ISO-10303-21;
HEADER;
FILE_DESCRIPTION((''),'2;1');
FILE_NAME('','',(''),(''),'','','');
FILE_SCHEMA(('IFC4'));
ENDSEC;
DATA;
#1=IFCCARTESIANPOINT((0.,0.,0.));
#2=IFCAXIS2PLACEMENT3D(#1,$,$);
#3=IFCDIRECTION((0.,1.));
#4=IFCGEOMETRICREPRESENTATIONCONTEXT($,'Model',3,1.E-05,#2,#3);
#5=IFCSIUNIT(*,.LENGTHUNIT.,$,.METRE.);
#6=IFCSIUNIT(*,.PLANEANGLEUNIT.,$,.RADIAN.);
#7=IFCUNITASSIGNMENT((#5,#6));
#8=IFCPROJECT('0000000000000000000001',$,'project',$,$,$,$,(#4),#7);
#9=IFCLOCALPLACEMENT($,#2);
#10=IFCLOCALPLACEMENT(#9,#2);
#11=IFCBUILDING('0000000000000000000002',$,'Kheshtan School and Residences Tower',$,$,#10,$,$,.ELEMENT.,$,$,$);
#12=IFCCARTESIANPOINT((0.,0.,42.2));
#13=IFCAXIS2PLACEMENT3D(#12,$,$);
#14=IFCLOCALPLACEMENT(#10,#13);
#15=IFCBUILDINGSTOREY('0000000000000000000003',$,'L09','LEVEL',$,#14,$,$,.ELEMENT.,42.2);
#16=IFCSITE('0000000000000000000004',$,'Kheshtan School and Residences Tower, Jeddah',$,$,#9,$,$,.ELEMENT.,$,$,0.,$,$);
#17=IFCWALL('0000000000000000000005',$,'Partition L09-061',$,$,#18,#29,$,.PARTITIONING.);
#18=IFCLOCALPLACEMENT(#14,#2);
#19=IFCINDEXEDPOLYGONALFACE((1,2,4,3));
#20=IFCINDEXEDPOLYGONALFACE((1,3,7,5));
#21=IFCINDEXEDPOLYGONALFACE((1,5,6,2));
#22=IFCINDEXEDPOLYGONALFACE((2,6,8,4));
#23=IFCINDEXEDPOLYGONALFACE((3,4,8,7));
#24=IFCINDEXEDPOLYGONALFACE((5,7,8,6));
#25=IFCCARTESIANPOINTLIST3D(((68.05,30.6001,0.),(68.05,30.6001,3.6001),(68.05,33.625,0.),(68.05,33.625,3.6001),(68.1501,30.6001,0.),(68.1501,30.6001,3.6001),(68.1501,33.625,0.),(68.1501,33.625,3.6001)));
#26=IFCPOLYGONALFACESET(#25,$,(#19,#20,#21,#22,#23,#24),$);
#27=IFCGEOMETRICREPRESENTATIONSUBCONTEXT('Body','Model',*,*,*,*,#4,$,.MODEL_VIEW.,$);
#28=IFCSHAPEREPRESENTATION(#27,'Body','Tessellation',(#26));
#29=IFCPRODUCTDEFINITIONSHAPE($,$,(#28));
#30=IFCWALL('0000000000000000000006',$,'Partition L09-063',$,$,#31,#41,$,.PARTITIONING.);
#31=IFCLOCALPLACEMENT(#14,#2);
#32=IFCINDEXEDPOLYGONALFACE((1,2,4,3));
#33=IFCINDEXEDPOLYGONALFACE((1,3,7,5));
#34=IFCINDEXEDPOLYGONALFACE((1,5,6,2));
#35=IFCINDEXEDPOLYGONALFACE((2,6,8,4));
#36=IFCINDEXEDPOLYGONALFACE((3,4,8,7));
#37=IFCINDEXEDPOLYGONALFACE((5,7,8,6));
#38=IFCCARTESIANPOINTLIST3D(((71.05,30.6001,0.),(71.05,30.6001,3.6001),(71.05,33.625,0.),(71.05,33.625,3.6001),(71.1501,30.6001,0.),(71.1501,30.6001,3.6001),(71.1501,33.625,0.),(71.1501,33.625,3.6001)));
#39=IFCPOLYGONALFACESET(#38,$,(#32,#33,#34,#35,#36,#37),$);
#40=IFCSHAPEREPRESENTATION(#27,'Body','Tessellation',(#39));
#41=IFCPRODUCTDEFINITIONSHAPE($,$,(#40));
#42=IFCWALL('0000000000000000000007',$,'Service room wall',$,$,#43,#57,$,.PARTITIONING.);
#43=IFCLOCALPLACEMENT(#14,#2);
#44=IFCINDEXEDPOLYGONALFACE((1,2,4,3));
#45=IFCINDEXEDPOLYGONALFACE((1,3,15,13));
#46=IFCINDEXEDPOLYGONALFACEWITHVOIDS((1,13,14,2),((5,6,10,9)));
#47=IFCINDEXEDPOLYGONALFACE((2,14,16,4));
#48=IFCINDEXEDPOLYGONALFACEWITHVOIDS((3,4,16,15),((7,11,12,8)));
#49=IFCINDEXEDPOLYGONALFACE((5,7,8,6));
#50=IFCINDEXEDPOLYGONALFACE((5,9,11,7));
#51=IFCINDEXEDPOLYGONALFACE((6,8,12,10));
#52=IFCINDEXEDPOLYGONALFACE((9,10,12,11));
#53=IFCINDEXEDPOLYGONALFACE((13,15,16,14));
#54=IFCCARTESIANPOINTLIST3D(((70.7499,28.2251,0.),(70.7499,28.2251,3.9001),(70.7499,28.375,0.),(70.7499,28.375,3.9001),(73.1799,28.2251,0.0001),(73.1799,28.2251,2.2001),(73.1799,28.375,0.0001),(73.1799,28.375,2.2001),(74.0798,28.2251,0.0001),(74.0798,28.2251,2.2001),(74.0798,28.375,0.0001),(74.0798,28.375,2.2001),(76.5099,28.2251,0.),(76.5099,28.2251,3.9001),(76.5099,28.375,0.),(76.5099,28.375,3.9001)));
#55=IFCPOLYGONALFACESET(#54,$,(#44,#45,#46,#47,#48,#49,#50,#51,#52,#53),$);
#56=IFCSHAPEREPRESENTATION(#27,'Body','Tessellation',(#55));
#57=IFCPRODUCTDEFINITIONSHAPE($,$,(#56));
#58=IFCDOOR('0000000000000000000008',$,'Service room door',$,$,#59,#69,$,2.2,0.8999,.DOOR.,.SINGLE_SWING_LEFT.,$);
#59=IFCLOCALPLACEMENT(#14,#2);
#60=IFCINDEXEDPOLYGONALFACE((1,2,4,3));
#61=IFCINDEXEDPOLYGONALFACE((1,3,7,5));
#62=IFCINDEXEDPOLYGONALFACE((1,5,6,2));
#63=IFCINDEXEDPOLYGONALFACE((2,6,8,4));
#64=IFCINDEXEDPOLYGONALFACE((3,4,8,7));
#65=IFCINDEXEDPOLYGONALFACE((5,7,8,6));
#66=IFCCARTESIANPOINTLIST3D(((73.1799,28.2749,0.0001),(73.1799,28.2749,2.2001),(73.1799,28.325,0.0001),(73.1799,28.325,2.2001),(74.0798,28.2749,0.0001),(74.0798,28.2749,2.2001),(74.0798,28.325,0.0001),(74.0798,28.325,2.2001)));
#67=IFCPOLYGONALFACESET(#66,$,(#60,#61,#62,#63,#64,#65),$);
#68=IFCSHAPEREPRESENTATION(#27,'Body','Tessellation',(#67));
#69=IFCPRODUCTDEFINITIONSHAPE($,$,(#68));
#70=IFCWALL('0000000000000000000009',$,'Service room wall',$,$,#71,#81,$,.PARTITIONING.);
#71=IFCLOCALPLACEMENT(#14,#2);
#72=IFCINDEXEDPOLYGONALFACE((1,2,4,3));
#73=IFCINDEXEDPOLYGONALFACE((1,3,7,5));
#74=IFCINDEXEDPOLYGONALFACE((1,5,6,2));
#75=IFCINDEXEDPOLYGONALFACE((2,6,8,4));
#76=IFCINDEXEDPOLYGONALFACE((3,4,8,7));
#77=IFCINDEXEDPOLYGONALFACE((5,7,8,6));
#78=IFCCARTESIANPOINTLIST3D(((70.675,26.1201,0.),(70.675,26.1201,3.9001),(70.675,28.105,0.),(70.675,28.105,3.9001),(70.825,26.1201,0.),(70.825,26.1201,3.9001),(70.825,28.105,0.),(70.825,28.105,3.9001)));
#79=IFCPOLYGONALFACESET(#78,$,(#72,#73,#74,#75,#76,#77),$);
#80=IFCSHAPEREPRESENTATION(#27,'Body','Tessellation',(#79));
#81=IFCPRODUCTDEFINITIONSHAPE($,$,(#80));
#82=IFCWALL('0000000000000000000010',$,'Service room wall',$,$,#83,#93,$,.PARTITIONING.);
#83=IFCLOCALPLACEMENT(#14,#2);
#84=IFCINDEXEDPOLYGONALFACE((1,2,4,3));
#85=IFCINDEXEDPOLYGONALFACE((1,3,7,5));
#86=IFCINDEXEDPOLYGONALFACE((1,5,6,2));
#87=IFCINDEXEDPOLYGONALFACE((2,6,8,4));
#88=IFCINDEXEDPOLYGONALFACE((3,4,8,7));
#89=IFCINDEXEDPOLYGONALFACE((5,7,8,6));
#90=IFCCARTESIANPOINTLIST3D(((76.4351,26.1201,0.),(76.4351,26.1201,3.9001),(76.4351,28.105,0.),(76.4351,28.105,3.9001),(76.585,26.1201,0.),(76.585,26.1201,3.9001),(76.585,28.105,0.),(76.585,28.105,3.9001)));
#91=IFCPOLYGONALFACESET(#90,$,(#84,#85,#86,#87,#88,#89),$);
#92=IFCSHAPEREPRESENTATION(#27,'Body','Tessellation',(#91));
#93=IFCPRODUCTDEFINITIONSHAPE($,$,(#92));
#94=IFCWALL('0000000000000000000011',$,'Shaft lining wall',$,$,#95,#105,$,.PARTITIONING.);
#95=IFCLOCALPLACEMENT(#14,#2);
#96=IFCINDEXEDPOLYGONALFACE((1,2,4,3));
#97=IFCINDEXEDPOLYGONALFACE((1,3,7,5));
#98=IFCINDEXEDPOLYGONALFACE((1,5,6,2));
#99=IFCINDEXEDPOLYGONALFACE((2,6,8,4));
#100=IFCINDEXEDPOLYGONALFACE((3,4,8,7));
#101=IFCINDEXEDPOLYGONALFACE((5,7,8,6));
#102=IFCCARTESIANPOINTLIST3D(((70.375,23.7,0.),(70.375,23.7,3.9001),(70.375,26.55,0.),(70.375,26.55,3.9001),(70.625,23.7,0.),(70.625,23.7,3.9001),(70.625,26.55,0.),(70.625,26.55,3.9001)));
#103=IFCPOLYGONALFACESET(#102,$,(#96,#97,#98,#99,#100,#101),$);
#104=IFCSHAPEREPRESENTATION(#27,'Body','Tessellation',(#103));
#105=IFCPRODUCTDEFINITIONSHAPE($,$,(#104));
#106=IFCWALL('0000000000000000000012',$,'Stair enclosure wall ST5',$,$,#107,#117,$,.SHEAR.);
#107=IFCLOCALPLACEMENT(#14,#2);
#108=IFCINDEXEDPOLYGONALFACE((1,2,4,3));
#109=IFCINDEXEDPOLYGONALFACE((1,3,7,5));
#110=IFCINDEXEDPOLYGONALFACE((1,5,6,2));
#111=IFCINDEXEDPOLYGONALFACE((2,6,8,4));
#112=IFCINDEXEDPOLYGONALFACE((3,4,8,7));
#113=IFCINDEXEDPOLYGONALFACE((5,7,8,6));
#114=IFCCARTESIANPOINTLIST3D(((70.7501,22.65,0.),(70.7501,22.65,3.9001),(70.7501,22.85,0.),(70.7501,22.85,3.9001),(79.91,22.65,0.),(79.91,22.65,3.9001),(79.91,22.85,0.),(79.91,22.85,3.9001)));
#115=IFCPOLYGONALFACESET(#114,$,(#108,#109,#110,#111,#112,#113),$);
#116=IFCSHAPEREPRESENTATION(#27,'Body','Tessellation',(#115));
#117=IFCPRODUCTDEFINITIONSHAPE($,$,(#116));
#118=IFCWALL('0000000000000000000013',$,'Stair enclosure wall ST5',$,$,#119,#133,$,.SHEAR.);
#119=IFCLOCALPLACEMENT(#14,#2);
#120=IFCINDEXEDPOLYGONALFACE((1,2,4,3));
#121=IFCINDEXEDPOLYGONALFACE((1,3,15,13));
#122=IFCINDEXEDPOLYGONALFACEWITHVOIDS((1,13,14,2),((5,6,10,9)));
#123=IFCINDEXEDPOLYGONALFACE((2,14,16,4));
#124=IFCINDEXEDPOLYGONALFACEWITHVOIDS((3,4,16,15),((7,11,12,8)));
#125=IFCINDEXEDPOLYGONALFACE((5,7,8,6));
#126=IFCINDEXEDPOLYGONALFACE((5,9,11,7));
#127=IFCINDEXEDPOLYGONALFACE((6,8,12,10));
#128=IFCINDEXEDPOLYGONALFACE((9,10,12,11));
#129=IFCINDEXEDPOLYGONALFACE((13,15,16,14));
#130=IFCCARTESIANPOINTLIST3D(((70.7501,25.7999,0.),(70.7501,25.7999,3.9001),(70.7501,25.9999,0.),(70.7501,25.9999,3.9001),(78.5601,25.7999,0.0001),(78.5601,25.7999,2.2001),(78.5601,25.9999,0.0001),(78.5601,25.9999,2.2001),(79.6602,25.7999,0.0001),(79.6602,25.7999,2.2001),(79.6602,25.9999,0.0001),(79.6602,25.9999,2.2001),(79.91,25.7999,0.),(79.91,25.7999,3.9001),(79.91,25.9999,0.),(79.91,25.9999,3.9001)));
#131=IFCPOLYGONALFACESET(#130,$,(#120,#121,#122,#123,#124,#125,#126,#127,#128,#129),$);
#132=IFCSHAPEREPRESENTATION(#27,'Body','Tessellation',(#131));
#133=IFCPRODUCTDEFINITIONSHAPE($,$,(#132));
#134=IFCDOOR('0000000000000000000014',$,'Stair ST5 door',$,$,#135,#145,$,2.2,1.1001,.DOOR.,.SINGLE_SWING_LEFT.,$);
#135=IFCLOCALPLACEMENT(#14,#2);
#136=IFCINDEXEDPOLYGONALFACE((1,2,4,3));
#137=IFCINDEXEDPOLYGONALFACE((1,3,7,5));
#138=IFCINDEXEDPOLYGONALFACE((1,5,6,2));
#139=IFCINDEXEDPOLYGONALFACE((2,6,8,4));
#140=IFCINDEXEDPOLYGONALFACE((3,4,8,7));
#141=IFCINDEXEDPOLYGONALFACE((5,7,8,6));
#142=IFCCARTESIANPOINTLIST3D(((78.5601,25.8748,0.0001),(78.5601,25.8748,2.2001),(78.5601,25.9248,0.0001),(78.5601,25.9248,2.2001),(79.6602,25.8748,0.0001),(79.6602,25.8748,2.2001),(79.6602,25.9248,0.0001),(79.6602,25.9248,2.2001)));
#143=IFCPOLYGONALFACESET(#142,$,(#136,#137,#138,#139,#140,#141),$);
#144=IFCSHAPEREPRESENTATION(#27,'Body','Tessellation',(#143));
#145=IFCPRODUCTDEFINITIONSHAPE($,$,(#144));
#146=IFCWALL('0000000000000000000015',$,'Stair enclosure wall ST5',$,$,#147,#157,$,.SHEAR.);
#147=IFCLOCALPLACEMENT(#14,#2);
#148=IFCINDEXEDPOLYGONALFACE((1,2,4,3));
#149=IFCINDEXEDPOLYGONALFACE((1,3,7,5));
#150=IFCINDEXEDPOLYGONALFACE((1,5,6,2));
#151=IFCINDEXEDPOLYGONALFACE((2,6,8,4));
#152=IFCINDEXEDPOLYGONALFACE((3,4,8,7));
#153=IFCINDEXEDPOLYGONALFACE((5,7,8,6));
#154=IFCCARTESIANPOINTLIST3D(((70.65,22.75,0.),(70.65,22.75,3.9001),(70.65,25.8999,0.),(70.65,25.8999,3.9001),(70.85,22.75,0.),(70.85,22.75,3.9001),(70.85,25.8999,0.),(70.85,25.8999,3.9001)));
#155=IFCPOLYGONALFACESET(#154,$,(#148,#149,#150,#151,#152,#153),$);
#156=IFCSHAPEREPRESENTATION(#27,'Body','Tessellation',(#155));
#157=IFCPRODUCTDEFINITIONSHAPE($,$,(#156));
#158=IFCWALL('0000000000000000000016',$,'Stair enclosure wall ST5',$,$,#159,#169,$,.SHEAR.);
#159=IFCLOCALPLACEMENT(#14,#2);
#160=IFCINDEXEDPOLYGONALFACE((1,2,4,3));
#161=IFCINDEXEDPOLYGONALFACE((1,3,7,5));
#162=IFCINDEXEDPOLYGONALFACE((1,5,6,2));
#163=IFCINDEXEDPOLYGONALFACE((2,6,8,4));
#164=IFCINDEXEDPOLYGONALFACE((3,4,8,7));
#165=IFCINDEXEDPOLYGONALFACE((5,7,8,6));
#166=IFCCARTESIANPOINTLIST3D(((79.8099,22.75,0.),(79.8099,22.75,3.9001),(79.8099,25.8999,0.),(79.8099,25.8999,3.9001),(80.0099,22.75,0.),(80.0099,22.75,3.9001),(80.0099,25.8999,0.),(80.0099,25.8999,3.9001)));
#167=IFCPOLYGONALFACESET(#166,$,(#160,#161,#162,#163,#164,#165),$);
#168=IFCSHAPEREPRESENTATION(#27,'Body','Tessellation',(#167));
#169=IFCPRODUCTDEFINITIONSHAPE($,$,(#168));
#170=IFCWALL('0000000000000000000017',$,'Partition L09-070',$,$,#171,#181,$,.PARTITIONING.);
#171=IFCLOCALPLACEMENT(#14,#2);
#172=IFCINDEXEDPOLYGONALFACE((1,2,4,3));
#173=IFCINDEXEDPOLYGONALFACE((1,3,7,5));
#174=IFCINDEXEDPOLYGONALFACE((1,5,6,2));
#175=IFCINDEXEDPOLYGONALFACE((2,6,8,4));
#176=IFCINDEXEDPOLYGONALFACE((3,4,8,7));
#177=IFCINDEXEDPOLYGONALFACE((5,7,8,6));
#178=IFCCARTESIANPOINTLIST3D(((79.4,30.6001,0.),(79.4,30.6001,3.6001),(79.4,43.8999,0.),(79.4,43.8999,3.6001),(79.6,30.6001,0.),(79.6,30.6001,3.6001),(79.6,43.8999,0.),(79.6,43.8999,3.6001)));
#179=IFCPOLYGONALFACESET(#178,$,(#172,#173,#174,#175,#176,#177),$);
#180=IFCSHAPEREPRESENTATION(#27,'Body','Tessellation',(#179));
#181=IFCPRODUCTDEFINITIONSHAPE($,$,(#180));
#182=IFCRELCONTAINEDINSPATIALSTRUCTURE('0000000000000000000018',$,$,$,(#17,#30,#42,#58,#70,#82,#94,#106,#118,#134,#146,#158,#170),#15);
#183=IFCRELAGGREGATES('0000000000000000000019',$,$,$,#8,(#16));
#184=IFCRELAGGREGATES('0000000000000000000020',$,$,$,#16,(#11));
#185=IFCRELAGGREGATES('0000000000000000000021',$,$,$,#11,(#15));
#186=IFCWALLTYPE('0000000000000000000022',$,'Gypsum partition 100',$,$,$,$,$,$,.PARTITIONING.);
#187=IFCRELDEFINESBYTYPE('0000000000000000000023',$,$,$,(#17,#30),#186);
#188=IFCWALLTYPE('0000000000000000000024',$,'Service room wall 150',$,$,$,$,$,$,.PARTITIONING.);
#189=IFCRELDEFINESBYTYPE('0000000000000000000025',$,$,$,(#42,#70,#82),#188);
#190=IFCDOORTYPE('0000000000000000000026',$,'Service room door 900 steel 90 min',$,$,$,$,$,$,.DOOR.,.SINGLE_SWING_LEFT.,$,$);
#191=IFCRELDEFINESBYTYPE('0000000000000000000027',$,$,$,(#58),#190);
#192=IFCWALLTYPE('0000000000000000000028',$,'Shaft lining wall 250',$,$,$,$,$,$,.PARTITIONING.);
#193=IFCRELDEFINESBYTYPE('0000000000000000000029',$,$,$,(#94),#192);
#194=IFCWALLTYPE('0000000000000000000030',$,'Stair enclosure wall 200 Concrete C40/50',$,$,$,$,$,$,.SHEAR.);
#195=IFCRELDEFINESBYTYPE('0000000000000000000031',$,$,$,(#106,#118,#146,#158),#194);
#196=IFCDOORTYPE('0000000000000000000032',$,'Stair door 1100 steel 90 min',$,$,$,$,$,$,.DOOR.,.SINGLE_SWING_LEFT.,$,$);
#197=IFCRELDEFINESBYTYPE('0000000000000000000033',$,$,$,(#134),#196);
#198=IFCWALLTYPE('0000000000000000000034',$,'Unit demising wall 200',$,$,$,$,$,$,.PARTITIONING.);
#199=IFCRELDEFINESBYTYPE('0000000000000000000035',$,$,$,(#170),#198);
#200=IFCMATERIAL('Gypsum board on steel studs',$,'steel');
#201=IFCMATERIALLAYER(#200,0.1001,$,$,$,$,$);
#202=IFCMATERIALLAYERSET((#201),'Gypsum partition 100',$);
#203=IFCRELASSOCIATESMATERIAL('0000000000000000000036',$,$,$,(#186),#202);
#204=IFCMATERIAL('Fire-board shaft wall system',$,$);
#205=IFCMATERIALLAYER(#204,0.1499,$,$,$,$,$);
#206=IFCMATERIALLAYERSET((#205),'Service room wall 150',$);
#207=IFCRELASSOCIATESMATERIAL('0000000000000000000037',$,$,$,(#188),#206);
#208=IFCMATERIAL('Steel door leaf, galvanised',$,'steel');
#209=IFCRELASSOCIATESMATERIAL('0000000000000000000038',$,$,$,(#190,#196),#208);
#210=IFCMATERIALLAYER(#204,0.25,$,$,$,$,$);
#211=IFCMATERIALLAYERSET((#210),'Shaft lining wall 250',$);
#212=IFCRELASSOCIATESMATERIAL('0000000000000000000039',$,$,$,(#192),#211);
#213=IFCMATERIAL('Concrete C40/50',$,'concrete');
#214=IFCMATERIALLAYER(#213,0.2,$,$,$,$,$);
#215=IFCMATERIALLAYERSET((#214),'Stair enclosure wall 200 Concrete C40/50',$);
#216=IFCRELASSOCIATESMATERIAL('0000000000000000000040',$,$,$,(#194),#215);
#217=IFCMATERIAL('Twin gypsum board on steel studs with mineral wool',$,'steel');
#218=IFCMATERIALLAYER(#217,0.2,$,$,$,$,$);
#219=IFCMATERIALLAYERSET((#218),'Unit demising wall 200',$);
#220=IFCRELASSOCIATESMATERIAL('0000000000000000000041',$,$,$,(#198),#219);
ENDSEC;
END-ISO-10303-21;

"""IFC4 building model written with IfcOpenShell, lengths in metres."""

from ifc_helpers import new_model, si_unit, direction, frame, frame_2d, origin, place, context, subcontext, project, spatial, rectangle, extrude, source, transform, mapped, material, layer, layer_set, type_object, element, fill, save


model = new_model("IFC4")

# Units and contexts
model_context = context("Model", 3, precision=1e-05, world=origin(), true_north=direction((0.0, 1.0)))
body_context = subcontext(model_context, "Body", "Model", "MODEL_VIEW")
ifc_project = project(units=[si_unit("LENGTHUNIT", "METRE"), si_unit("PLANEANGLEUNIT", "RADIAN")], contexts=[model_context])

# Site, building, storey
site_placement = place(None, origin())
site = spatial("IfcSite", under=ifc_project, at=site_placement, Name="Kheshtan School and Residences Tower, Jeddah", CompositionType="ELEMENT", RefElevation=0.0)
building_placement = place(site_placement, origin())
building = spatial("IfcBuilding", under=site, at=building_placement, Name="Kheshtan School and Residences Tower", CompositionType="ELEMENT")
storey_placement = place(building_placement, frame((0.0, 0.0, 42.2)))
storey = spatial("IfcBuildingStorey", under=building, at=storey_placement, Name="L09", Description="LEVEL", CompositionType="ELEMENT", Elevation=42.2)

# Walls
ifc_material_1 = material(Name="Gypsum board on steel studs", Category="steel")
ifc_layer_1 = layer(ifc_material_1, 0.1001)
ifc_layer_set_1 = layer_set([ifc_layer_1], Name="Gypsum partition 100")
wall_type_1 = type_object("IfcWallType", Name="Gypsum partition 100", PredefinedType="PARTITIONING", material=ifc_layer_set_1)
for number, where, z_axis, x_axis, name in (
    (1, (68.1001, 30.6001, 0.0), (0.0, 0.0, 1.0), (0.0, 1.0, 0.0), "Partition L09-061"),
    (2, (71.1001, 30.6001, 0.0), (0.0, 0.0, 1.0), (0.0, 1.0, 0.0), "Partition L09-063"),
):
    element("IfcWall", number, at=place(storey_placement, frame(where, z_axis=z_axis, x_axis=x_axis)), inside=storey, type_object=wall_type_1, Name=name, PredefinedType="PARTITIONING", context=body_context, shape_type="SweptSolid", body=[
        extrude(rectangle(XDim=3.0249, YDim=0.1001, at=frame_2d((1.5125, 0.0))), origin(), (0.0, 0.0, 1.0), 3.6001),
    ])

# Wall, opening, door
ifc_material_2 = material(Name="Fire-board shaft wall system")
ifc_layer_2 = layer(ifc_material_2, 0.1499)
ifc_layer_set_2 = layer_set([ifc_layer_2], Name="Service room wall 150")
wall_type_2 = type_object("IfcWallType", Name="Service room wall 150", PredefinedType="PARTITIONING", material=ifc_layer_set_2)
wall_1_placement = place(storey_placement, frame((70.75, 28.3, 0.0), z_axis=(0.0, 0.0, 1.0), x_axis=(1.0, 0.0, 0.0)))
wall_1 = element("IfcWall", 3, at=wall_1_placement, inside=storey, type_object=wall_type_2, Name="Service room wall", PredefinedType="PARTITIONING", context=body_context, shape_type="SweptSolid", body=[
    extrude(rectangle(XDim=5.76, YDim=0.1499, at=frame_2d((2.8799, 0.0))), origin(), (0.0, 0.0, 1.0), 3.9001),
])
opening_1_placement = place(wall_1_placement, frame((2.4299, 0.0, 0.0)))
opening_1 = element("IfcOpeningElement", 4, at=opening_1_placement, cuts=wall_1, PredefinedType="OPENING", context=body_context, shape_type="SweptSolid", body=[
    extrude(rectangle(XDim=0.8999, YDim=2.2, at=frame_2d((0.45, 1.1001))), frame((0.0, 0.085, 0.0), z_axis=(0.0, -1.0, 0.0), x_axis=(1.0, 0.0, 0.0)), (0.0, 0.0, 1.0), 0.1699),
])
ifc_material_3 = material(Name="Steel door leaf, galvanised", Category="steel")
door_type_1 = type_object("IfcDoorType", Name="Service room door 900 steel 90 min", OperationType="SINGLE_SWING_LEFT", PredefinedType="DOOR", material=ifc_material_3)
shared_shape_1 = source(origin(), body_context, "Body", "SweptSolid", [
    extrude(rectangle(XDim=0.8999, YDim=2.2, at=frame_2d((0.45, 1.1001))), frame((0.0, 0.0249, 0.0), z_axis=(0.0, -1.0, 0.0), x_axis=(1.0, 0.0, 0.0)), (0.0, 0.0, 1.0), 0.05),
])
door_1_placement = place(opening_1_placement, origin())
door_1 = element("IfcDoor", 5, at=door_1_placement, inside=storey, type_object=door_type_1, Name="Service room door", OperationType="SINGLE_SWING_LEFT", OverallHeight=2.2, OverallWidth=0.8999, PredefinedType="DOOR", context=body_context, shape_type="MappedRepresentation", body=[
    mapped(shared_shape_1, transform((0.0, 0.0, 0.0), x_axis=(1.0, 0.0, 0.0), y_axis=(0.0, 1.0, 0.0), z_axis=(0.0, 0.0, 1.0), scale=1.0)),
])
fill(opening_1, door_1)

# Walls
for number, where, z_axis, x_axis, name in (
    (6, (70.75, 26.1201, 0.0), (0.0, 0.0, 1.0), (0.0, 1.0, 0.0), "Service room wall"),
    (7, (76.51, 26.1201, 0.0), (0.0, 0.0, 1.0), (0.0, 1.0, 0.0), "Service room wall"),
):
    element("IfcWall", number, at=place(storey_placement, frame(where, z_axis=z_axis, x_axis=x_axis)), inside=storey, type_object=wall_type_2, Name=name, PredefinedType="PARTITIONING", context=body_context, shape_type="SweptSolid", body=[
        extrude(rectangle(XDim=1.9849, YDim=0.1499, at=frame_2d((0.9924, 0.0))), origin(), (0.0, 0.0, 1.0), 3.9001),
    ])
ifc_layer_3 = layer(ifc_material_2, 0.25)
ifc_layer_set_3 = layer_set([ifc_layer_3], Name="Shaft lining wall 250")
wall_type_3 = type_object("IfcWallType", Name="Shaft lining wall 250", PredefinedType="PARTITIONING", material=ifc_layer_set_3)
wall_2_placement = place(storey_placement, frame((70.5, 23.7, 0.0), z_axis=(0.0, 0.0, 1.0), x_axis=(0.0, 1.0, 0.0)))
element("IfcWall", 8, at=wall_2_placement, inside=storey, type_object=wall_type_3, Name="Shaft lining wall", PredefinedType="PARTITIONING", context=body_context, shape_type="SweptSolid", body=[
    extrude(rectangle(XDim=2.8501, YDim=0.25, at=frame_2d((1.425, 0.0))), origin(), (0.0, 0.0, 1.0), 3.9001),
])
ifc_material_4 = material(Name="Concrete C40/50", Category="concrete")
ifc_layer_4 = layer(ifc_material_4, 0.2)
ifc_layer_set_4 = layer_set([ifc_layer_4], Name="Stair enclosure wall 200 Concrete C40/50")
wall_type_4 = type_object("IfcWallType", Name="Stair enclosure wall 200 Concrete C40/50", PredefinedType="SHEAR", material=ifc_layer_set_4)
wall_3_placement = place(storey_placement, frame((70.75, 22.75, 0.0), z_axis=(0.0, 0.0, 1.0), x_axis=(1.0, 0.0, 0.0)))
element("IfcWall", 9, at=wall_3_placement, inside=storey, type_object=wall_type_4, Name="Stair enclosure wall ST5", PredefinedType="SHEAR", context=body_context, shape_type="SweptSolid", body=[
    extrude(rectangle(XDim=9.1599, YDim=0.2, at=frame_2d((4.5801, 0.0))), origin(), (0.0, 0.0, 1.0), 3.9001),
])

# Wall, opening, door
wall_4_placement = place(storey_placement, frame((70.75, 25.8999, 0.0), z_axis=(0.0, 0.0, 1.0), x_axis=(1.0, 0.0, 0.0)))
wall_4 = element("IfcWall", 10, at=wall_4_placement, inside=storey, type_object=wall_type_4, Name="Stair enclosure wall ST5", PredefinedType="SHEAR", context=body_context, shape_type="SweptSolid", body=[
    extrude(rectangle(XDim=9.1599, YDim=0.2, at=frame_2d((4.5801, 0.0))), origin(), (0.0, 0.0, 1.0), 3.9001),
])
opening_2_placement = place(wall_4_placement, frame((7.8101, 0.0, 0.0)))
opening_2 = element("IfcOpeningElement", 11, at=opening_2_placement, cuts=wall_4, PredefinedType="OPENING", context=body_context, shape_type="SweptSolid", body=[
    extrude(rectangle(XDim=1.1001, YDim=2.2, at=frame_2d((0.55, 1.1001))), frame((0.0, 0.1099, 0.0), z_axis=(0.0, -1.0, 0.0), x_axis=(1.0, 0.0, 0.0)), (0.0, 0.0, 1.0), 0.22),
])
door_type_2 = type_object("IfcDoorType", Name="Stair door 1100 steel 90 min", OperationType="SINGLE_SWING_LEFT", PredefinedType="DOOR", material=ifc_material_3)
shared_shape_2 = source(origin(), body_context, "Body", "SweptSolid", [
    extrude(rectangle(XDim=1.1001, YDim=2.2, at=frame_2d((0.55, 1.1001))), frame((0.0, 0.0249, 0.0), z_axis=(0.0, -1.0, 0.0), x_axis=(1.0, 0.0, 0.0)), (0.0, 0.0, 1.0), 0.05),
])
door_2_placement = place(opening_2_placement, origin())
door_2 = element("IfcDoor", 12, at=door_2_placement, inside=storey, type_object=door_type_2, Name="Stair ST5 door", OperationType="SINGLE_SWING_LEFT", OverallHeight=2.2, OverallWidth=1.1001, PredefinedType="DOOR", context=body_context, shape_type="MappedRepresentation", body=[
    mapped(shared_shape_2, transform((0.0, 0.0, 0.0), x_axis=(1.0, 0.0, 0.0), y_axis=(0.0, 1.0, 0.0), z_axis=(0.0, 0.0, 1.0), scale=1.0)),
])
fill(opening_2, door_2)

# Walls
for number, where, z_axis, x_axis, name in (
    (13, (70.75, 22.75, 0.0), (0.0, 0.0, 1.0), (0.0, 1.0, 0.0), "Stair enclosure wall ST5"),
    (14, (79.9099, 22.75, 0.0), (0.0, 0.0, 1.0), (0.0, 1.0, 0.0), "Stair enclosure wall ST5"),
):
    element("IfcWall", number, at=place(storey_placement, frame(where, z_axis=z_axis, x_axis=x_axis)), inside=storey, type_object=wall_type_4, Name=name, PredefinedType="SHEAR", context=body_context, shape_type="SweptSolid", body=[
        extrude(rectangle(XDim=3.1499, YDim=0.2, at=frame_2d((1.575, 0.0))), origin(), (0.0, 0.0, 1.0), 3.9001),
    ])
ifc_material_5 = material(Name="Twin gypsum board on steel studs with mineral wool", Category="steel")
ifc_layer_5 = layer(ifc_material_5, 0.2)
ifc_layer_set_5 = layer_set([ifc_layer_5], Name="Unit demising wall 200")
wall_type_5 = type_object("IfcWallType", Name="Unit demising wall 200", PredefinedType="PARTITIONING", material=ifc_layer_set_5)
wall_5_placement = place(storey_placement, frame((79.5, 30.6001, 0.0), z_axis=(0.0, 0.0, 1.0), x_axis=(0.0, 1.0, 0.0)))
element("IfcWall", 15, at=wall_5_placement, inside=storey, type_object=wall_type_5, Name="Partition L09-070", PredefinedType="PARTITIONING", context=body_context, shape_type="SweptSolid", body=[
    extrude(rectangle(XDim=13.2998, YDim=0.2, at=frame_2d((6.6499, 0.0))), origin(), (0.0, 0.0, 1.0), 3.6001),
])

save(model, "model.ifc")
